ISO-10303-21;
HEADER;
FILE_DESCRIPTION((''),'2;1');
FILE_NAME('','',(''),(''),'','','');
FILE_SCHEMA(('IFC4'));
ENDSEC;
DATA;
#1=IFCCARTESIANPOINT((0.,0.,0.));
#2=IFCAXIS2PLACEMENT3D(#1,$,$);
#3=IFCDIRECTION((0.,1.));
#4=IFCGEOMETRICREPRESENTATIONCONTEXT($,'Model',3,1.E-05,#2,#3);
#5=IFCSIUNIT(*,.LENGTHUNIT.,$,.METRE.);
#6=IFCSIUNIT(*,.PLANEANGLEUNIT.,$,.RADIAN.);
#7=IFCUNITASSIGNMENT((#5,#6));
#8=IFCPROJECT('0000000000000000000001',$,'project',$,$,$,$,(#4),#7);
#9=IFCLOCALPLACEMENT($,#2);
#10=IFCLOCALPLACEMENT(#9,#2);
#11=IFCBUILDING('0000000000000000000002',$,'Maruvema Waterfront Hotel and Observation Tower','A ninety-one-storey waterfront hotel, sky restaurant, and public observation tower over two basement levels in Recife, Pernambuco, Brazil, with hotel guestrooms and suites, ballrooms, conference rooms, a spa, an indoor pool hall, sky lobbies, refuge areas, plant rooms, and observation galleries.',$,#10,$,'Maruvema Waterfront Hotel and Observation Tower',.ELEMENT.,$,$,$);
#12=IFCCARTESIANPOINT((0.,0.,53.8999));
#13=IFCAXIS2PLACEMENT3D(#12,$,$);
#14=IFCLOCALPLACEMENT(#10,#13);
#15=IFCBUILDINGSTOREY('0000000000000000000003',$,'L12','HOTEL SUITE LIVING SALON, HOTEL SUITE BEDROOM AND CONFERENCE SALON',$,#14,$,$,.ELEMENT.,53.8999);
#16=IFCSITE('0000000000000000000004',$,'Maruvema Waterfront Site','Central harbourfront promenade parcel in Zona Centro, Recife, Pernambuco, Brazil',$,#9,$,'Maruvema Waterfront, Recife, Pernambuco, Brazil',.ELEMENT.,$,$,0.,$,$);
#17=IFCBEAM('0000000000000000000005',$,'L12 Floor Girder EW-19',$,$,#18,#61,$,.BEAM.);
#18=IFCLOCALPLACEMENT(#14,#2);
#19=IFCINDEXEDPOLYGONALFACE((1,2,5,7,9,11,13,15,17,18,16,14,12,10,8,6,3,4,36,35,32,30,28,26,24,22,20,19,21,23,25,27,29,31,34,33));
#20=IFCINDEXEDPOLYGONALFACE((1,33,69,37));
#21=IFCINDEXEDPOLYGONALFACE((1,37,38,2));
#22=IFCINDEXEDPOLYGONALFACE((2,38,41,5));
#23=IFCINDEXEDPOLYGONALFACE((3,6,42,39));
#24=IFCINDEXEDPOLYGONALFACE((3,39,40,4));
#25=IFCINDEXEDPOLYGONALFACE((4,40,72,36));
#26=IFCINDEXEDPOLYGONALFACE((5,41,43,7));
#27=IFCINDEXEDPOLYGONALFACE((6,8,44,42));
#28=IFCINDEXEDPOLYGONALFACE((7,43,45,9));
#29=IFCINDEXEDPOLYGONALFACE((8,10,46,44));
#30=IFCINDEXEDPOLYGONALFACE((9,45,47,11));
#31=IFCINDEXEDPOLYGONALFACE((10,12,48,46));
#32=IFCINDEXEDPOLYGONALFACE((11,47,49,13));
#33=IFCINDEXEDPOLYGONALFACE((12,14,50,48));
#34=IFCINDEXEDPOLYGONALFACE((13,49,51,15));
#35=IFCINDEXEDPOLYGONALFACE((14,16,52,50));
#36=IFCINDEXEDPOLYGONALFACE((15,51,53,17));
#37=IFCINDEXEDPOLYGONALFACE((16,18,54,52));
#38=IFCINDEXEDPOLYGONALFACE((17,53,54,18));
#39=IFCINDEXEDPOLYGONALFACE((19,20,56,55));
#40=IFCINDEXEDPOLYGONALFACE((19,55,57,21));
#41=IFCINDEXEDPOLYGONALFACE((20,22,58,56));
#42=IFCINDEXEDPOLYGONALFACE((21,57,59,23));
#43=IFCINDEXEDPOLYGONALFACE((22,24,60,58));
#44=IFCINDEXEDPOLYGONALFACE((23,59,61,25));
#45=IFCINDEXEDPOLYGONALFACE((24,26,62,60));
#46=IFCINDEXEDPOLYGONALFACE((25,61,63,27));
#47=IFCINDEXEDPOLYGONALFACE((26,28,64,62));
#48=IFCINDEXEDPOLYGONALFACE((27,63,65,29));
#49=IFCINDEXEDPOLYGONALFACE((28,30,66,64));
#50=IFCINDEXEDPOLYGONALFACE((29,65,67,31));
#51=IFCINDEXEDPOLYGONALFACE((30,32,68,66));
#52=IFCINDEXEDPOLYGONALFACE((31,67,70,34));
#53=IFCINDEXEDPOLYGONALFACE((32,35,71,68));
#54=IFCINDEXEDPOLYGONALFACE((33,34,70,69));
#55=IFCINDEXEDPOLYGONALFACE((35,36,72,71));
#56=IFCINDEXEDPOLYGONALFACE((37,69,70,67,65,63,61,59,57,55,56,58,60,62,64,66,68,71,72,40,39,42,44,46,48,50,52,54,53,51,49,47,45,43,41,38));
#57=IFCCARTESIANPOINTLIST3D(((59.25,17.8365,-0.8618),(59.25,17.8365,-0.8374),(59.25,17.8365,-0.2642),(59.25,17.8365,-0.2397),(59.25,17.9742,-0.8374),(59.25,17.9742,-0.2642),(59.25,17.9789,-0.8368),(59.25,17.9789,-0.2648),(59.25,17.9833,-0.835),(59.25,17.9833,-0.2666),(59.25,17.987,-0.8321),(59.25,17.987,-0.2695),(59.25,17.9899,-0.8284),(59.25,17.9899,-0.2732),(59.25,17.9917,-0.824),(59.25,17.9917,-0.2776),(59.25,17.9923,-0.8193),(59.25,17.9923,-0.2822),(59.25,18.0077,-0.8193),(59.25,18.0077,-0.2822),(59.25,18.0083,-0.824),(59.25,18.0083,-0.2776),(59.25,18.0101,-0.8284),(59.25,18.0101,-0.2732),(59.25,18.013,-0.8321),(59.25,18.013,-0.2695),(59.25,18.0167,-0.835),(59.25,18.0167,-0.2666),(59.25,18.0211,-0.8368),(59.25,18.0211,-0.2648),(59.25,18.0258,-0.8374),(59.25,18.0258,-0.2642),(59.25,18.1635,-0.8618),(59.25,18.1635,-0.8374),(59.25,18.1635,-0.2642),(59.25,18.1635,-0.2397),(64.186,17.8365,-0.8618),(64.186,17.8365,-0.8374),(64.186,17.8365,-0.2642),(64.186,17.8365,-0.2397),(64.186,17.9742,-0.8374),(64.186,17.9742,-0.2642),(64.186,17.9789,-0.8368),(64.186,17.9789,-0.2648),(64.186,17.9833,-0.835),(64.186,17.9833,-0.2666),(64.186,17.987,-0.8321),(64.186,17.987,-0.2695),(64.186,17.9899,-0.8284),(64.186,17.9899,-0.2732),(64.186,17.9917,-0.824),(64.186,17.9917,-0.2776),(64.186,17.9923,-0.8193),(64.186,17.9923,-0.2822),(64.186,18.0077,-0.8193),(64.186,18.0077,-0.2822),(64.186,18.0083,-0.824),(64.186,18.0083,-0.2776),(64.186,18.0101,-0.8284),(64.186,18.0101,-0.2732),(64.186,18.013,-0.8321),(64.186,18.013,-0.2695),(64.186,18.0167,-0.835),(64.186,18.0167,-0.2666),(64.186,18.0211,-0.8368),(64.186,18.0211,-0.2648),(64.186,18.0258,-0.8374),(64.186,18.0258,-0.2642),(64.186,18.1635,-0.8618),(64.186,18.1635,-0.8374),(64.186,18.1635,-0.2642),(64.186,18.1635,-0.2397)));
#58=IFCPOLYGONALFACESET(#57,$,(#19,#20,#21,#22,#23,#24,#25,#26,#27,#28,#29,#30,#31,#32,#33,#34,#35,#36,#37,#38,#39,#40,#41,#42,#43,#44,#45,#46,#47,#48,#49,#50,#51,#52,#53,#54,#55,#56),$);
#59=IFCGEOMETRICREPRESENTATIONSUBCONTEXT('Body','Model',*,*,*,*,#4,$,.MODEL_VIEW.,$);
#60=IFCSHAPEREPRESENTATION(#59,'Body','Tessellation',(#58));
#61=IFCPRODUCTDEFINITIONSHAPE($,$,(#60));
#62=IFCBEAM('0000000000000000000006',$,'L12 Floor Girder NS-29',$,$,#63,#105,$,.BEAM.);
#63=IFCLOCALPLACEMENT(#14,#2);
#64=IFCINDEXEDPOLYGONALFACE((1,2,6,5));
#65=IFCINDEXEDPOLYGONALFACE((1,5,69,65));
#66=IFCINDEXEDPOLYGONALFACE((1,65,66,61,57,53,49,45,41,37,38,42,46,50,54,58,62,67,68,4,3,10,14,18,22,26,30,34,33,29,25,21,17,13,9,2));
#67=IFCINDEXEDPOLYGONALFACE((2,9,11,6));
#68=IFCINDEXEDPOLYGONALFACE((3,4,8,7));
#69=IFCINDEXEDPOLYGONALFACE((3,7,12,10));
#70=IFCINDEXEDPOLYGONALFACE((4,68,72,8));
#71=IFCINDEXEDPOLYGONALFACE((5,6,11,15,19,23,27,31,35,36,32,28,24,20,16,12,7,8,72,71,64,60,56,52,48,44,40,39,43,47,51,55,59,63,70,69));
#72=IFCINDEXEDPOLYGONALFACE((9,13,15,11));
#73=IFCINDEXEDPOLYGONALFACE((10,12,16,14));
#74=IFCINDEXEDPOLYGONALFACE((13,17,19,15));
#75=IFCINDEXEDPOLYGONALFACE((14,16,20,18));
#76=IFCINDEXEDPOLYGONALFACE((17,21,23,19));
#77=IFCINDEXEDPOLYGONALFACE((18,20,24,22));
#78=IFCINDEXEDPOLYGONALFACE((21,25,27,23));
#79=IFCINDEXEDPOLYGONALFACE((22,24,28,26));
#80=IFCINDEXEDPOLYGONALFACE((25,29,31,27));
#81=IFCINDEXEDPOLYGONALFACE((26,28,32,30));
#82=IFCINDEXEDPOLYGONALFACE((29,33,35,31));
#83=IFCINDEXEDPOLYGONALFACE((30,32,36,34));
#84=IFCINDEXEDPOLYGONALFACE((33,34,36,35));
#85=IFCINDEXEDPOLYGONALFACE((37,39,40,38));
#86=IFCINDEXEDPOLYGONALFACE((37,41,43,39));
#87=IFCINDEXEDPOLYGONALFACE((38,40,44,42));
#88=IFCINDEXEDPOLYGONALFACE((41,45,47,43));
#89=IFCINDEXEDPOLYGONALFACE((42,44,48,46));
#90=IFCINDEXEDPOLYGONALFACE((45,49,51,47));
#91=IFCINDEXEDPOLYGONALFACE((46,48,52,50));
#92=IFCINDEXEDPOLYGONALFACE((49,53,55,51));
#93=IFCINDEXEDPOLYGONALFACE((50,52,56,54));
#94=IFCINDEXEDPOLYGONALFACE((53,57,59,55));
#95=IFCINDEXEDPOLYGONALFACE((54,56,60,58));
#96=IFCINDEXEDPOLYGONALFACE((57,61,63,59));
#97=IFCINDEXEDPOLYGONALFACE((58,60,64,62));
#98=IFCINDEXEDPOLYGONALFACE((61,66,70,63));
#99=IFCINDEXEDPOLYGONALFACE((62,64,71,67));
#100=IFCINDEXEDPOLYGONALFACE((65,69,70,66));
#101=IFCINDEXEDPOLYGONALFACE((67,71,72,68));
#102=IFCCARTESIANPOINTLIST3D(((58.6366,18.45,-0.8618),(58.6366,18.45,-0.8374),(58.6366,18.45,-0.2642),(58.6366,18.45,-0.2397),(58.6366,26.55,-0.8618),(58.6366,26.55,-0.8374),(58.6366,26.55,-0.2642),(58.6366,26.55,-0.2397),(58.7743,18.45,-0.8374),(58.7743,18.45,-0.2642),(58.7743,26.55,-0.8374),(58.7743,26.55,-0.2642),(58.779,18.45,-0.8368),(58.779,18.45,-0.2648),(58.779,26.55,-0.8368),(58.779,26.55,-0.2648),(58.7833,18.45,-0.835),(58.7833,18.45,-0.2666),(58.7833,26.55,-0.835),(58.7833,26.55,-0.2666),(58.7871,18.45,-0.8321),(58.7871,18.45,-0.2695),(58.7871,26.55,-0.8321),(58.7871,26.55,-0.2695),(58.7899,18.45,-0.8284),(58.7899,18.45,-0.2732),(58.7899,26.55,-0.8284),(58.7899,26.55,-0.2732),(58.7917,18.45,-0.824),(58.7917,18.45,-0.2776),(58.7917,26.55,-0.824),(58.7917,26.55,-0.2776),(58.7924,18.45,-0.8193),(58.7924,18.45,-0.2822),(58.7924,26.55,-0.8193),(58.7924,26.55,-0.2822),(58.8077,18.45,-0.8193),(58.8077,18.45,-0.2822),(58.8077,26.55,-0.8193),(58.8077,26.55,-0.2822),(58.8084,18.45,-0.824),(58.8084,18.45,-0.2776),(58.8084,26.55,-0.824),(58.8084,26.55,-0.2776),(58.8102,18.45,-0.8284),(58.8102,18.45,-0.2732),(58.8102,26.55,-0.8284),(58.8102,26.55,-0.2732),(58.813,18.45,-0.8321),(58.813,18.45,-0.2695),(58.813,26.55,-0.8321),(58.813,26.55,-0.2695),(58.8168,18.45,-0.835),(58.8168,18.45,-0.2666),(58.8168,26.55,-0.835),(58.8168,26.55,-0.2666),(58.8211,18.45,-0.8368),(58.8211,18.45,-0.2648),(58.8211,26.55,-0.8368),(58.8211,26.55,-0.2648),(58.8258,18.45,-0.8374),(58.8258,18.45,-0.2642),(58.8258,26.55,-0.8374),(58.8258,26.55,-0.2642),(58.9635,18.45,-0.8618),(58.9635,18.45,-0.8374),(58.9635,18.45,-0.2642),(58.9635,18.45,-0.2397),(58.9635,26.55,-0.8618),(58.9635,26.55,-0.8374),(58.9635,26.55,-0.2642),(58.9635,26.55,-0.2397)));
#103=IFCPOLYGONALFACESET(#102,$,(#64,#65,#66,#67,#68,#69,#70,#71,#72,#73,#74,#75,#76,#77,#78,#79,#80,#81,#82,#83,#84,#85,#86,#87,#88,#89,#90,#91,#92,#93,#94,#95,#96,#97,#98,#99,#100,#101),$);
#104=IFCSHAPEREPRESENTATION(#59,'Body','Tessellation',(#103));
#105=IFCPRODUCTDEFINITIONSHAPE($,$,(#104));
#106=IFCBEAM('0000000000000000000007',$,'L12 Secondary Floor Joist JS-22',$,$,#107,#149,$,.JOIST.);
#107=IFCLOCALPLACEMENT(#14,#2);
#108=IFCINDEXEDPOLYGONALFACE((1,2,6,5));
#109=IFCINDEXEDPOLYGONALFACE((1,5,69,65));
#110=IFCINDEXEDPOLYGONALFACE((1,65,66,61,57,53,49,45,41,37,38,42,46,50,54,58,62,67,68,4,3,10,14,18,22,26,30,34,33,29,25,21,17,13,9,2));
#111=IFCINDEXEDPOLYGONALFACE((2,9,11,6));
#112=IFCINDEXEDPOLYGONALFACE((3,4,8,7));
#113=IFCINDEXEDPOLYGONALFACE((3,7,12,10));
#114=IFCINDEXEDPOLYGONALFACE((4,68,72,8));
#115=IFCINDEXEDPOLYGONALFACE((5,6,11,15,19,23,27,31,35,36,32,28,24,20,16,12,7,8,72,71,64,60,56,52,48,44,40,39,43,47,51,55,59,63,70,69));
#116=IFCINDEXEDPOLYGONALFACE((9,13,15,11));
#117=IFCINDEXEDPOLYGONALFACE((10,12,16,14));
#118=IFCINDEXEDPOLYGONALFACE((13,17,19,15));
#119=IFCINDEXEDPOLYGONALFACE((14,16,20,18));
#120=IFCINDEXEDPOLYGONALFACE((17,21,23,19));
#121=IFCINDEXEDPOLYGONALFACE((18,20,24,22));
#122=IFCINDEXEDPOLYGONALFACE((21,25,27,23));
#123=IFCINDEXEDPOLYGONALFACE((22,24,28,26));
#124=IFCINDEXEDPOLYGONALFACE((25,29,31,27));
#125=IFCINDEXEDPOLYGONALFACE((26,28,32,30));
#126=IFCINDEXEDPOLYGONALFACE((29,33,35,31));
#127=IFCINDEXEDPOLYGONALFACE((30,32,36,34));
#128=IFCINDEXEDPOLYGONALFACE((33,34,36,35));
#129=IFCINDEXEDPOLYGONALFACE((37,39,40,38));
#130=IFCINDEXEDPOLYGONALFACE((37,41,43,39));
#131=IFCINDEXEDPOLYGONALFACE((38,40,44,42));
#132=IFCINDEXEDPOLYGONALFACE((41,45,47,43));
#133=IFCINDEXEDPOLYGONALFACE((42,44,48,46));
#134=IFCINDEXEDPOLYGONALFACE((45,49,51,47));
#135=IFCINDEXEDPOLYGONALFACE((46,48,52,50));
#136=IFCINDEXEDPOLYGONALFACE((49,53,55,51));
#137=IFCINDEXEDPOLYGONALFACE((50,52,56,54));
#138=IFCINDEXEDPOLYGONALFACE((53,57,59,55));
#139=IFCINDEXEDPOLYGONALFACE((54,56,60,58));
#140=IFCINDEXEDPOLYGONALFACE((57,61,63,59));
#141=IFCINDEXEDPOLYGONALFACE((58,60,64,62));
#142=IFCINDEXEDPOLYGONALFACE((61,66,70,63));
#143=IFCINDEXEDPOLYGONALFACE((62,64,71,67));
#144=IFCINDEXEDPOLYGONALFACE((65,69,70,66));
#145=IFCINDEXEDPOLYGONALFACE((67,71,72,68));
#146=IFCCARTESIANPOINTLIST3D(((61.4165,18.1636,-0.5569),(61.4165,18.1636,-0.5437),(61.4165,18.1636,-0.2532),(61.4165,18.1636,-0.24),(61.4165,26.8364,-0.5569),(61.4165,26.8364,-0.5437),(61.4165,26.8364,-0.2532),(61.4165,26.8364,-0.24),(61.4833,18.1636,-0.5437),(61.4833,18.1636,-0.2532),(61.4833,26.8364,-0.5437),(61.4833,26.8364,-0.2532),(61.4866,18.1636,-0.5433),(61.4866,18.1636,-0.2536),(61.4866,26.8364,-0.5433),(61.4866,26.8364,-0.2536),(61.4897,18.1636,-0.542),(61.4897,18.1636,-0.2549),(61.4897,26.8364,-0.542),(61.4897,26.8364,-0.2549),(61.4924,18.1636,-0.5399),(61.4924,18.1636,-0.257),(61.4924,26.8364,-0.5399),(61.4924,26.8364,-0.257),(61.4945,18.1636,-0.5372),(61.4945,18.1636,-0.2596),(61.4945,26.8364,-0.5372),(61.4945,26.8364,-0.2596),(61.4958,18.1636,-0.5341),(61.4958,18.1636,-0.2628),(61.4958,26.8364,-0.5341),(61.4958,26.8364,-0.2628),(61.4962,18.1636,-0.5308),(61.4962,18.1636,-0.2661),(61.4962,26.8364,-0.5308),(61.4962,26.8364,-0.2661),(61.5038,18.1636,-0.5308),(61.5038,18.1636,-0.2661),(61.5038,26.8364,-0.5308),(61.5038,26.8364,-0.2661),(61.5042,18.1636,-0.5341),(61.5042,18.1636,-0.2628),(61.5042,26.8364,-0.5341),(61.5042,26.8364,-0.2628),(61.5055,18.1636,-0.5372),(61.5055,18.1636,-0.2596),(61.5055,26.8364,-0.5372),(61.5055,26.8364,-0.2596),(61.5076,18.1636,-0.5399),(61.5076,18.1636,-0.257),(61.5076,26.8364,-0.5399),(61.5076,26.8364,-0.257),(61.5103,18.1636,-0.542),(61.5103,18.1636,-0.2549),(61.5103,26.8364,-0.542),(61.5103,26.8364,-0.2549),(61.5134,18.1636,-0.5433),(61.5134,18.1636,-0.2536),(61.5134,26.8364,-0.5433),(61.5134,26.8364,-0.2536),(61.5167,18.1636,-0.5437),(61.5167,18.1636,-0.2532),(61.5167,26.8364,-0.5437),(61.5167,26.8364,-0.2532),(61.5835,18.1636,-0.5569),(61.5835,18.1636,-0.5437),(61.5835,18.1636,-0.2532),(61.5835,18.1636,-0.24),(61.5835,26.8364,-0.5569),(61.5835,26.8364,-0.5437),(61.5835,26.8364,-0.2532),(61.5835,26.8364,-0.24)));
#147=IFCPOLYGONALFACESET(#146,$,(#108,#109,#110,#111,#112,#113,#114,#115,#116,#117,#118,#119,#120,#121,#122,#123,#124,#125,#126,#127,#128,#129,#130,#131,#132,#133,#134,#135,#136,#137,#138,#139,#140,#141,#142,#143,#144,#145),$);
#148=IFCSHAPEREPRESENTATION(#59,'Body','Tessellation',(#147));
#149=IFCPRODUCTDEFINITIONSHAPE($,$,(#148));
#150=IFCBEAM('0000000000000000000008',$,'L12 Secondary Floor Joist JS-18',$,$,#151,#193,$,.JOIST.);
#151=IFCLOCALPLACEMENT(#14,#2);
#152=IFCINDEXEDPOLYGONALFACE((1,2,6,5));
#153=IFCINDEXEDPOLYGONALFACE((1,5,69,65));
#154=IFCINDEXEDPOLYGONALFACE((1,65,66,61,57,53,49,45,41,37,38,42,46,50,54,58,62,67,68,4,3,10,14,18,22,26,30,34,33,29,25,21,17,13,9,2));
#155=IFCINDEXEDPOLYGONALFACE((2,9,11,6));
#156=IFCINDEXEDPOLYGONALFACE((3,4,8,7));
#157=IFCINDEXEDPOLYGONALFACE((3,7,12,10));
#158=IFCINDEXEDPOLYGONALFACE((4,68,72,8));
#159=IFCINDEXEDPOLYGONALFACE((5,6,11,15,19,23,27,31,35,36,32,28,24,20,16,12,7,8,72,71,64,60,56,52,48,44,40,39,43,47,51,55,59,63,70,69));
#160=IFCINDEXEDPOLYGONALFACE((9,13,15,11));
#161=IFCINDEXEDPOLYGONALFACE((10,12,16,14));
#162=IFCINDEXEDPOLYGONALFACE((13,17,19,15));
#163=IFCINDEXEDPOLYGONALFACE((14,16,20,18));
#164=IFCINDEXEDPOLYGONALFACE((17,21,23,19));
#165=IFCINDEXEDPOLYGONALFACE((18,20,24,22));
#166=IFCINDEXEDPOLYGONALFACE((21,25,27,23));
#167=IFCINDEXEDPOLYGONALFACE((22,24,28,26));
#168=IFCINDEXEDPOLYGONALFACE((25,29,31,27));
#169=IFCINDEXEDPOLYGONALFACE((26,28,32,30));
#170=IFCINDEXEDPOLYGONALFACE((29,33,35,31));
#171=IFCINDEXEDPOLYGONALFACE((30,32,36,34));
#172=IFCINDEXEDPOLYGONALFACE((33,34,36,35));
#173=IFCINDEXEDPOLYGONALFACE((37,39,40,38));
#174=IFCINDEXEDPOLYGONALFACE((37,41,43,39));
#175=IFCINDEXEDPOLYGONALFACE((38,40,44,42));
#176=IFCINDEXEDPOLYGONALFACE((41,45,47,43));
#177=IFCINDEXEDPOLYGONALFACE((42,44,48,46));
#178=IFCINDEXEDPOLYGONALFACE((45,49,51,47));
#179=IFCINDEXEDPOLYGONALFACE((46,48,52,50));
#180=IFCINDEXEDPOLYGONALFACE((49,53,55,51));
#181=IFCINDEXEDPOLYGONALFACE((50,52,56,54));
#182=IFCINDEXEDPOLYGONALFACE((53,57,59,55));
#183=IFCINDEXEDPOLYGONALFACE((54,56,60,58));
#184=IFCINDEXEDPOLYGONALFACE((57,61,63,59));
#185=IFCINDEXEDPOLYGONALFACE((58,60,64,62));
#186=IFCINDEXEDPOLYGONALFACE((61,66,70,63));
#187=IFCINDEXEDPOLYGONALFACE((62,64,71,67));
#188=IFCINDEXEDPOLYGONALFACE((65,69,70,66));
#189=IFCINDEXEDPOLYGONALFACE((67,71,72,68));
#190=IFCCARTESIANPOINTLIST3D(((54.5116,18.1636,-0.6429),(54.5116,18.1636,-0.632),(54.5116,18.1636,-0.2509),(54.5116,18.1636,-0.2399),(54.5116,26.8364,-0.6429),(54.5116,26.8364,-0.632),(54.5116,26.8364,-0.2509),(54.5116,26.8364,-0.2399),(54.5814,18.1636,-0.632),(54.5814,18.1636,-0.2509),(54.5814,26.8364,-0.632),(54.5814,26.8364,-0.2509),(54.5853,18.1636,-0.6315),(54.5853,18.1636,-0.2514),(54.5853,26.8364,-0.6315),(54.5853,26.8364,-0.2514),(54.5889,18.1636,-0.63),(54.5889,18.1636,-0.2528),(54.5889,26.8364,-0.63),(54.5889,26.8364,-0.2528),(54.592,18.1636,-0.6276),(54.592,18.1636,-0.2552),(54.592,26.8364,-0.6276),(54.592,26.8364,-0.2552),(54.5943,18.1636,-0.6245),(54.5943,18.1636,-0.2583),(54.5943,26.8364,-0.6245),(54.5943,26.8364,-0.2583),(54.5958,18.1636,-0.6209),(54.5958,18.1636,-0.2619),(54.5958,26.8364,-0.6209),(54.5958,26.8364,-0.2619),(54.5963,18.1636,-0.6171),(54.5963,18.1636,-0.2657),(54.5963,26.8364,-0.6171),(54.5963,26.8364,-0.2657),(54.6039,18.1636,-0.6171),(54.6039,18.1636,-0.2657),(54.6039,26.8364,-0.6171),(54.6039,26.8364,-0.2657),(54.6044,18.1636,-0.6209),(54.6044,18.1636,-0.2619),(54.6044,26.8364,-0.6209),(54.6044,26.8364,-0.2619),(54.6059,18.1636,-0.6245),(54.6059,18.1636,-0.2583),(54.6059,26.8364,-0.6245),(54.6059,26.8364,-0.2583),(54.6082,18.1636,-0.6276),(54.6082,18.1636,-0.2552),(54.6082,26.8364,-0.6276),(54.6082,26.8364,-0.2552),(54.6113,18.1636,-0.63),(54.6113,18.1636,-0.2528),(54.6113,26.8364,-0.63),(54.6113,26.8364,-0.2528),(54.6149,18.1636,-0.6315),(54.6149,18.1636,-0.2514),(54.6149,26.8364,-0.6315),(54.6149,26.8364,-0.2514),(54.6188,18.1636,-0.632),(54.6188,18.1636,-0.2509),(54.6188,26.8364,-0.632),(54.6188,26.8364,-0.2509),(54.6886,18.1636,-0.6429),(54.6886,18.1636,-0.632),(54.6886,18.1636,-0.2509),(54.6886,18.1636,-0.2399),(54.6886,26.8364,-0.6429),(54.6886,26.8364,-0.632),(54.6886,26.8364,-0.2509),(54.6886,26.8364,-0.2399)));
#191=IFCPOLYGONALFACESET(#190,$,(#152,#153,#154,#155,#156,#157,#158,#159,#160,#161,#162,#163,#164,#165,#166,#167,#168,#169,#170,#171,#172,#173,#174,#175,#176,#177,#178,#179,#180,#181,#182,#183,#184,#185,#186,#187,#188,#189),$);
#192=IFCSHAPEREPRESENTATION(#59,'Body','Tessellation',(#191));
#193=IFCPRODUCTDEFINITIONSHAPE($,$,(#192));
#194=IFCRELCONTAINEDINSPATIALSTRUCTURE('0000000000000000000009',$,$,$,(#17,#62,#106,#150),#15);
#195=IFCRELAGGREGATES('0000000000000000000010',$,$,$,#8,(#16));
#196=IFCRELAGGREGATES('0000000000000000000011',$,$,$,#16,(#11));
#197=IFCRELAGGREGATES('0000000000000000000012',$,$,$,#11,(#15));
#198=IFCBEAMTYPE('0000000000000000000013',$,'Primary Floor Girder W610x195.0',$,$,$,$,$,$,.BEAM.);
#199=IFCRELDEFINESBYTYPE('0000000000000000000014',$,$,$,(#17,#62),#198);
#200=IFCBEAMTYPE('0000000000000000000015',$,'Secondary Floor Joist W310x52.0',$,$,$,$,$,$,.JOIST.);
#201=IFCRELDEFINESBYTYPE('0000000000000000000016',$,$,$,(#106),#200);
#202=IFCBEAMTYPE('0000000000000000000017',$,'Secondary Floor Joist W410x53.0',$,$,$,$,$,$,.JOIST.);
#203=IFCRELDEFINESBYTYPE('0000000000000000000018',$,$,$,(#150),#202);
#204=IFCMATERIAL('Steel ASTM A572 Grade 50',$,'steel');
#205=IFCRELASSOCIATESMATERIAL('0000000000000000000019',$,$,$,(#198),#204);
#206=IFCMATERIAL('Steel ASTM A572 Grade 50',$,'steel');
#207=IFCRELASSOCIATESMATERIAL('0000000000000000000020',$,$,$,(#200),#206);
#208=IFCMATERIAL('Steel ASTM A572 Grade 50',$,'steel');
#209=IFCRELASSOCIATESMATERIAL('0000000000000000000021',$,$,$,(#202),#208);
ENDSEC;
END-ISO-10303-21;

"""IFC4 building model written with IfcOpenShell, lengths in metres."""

from ifc_helpers import new_model, si_unit, direction, frame, origin, origin_2d, place, context, subcontext, project, spatial, i_section, extrude, material, material_profile, profile_set, type_object, element, save


model = new_model("IFC4")

# Units and contexts
model_context = context("Model", 3, precision=1e-05, world=origin(), true_north=direction((0.0, 1.0)))
body_context = subcontext(model_context, "Body", "Model", "MODEL_VIEW")
ifc_project = project(units=[si_unit("LENGTHUNIT", "METRE"), si_unit("PLANEANGLEUNIT", "RADIAN")], contexts=[model_context])

# Site, building, storey
site_placement = place(None, origin())
site = spatial("IfcSite", under=ifc_project, at=site_placement, Name="Maruvema Waterfront Site", Description="Central harbourfront promenade parcel in Zona Centro, Recife, Pernambuco, Brazil", LongName="Maruvema Waterfront, Recife, Pernambuco, Brazil", CompositionType="ELEMENT", RefElevation=0.0)
building_placement = place(site_placement, origin())
building = spatial("IfcBuilding", under=site, at=building_placement, Name="Maruvema Waterfront Hotel and Observation Tower", Description="A ninety-one-storey waterfront hotel, sky restaurant, and public observation tower over two basement levels in Recife, Pernambuco, Brazil, with hotel guestrooms and suites, ballrooms, conference rooms, a spa, an indoor pool hall, sky lobbies, refuge areas, plant rooms, and observation galleries.", LongName="Maruvema Waterfront Hotel and Observation Tower", CompositionType="ELEMENT")
storey_placement = place(building_placement, frame((0.0, 0.0, 53.8999)))
storey = spatial("IfcBuildingStorey", under=building, at=storey_placement, Name="L12", Description="HOTEL SUITE LIVING SALON, HOTEL SUITE BEDROOM AND CONFERENCE SALON", CompositionType="ELEMENT", Elevation=53.8999)

# Beams
ifc_material_1 = material(Name="Steel ASTM A572 Grade 50", Category="steel")
ifc_material_profile_1 = material_profile(ifc_material_1, i_section(OverallWidth=0.3269, OverallDepth=0.6221, WebThickness=0.0154, FlangeThickness=0.0244, FilletRadius=0.0181, at=origin_2d()), Name="W610x195.0")
ifc_profile_set_1 = profile_set([ifc_material_profile_1], Name="Steel ASTM A572 Grade 50")
beam_type_1 = type_object("IfcBeamType", Name="Primary Floor Girder W610x195.0", PredefinedType="BEAM", material=ifc_profile_set_1)
beam_1_placement = place(storey_placement, frame((59.25, 18.0, -0.5508), z_axis=(1.0, 0.0, 0.0), x_axis=(0.0, 1.0, 0.0)))
element("IfcBeam", 1, at=beam_1_placement, inside=storey, type_object=beam_type_1, Name="L12 Floor Girder EW-19", PredefinedType="BEAM", context=body_context, shape_type="SweptSolid", body=[
    extrude(i_section(OverallWidth=0.3269, OverallDepth=0.6221, WebThickness=0.0154, FlangeThickness=0.0244, FilletRadius=0.0181, at=origin_2d()), origin(), (0.0, 0.0, 1.0), 4.936),
])
beam_2_placement = place(storey_placement, frame((58.8, 18.45, -0.5508), z_axis=(0.0, 1.0, 0.0), x_axis=(-1.0, 0.0, 0.0)))
element("IfcBeam", 2, at=beam_2_placement, inside=storey, type_object=beam_type_1, Name="L12 Floor Girder NS-29", PredefinedType="BEAM", context=body_context, shape_type="SweptSolid", body=[
    extrude(i_section(OverallWidth=0.3269, OverallDepth=0.6221, WebThickness=0.0154, FlangeThickness=0.0244, FilletRadius=0.0181, at=origin_2d()), origin(), (0.0, 0.0, 1.0), 8.1001),
])
ifc_material_2 = material(Name="Steel ASTM A572 Grade 50", Category="steel")
ifc_material_profile_2 = material_profile(ifc_material_2, i_section(OverallWidth=0.167, OverallDepth=0.3169, WebThickness=0.0076, FlangeThickness=0.0132, FilletRadius=0.0129, at=origin_2d()), Name="W310x52.0")
ifc_profile_set_2 = profile_set([ifc_material_profile_2], Name="Steel ASTM A572 Grade 50")
beam_type_2 = type_object("IfcBeamType", Name="Secondary Floor Joist W310x52.0", PredefinedType="JOIST", material=ifc_profile_set_2)
beam_3_placement = place(storey_placement, frame((61.5, 18.1636, -0.3984), z_axis=(0.0, 1.0, 0.0), x_axis=(-1.0, 0.0, 0.0)))
element("IfcBeam", 3, at=beam_3_placement, inside=storey, type_object=beam_type_2, Name="L12 Secondary Floor Joist JS-22", PredefinedType="JOIST", context=body_context, shape_type="SweptSolid", body=[
    extrude(i_section(OverallWidth=0.167, OverallDepth=0.3169, WebThickness=0.0076, FlangeThickness=0.0132, FilletRadius=0.0129, at=origin_2d()), origin(), (0.0, 0.0, 1.0), 8.6729),
])
ifc_material_3 = material(Name="Steel ASTM A572 Grade 50", Category="steel")
ifc_material_profile_3 = material_profile(ifc_material_3, i_section(OverallWidth=0.177, OverallDepth=0.4031, WebThickness=0.0076, FlangeThickness=0.011, FilletRadius=0.0149, at=origin_2d()), Name="W410x53.0")
ifc_profile_set_3 = profile_set([ifc_material_profile_3], Name="Steel ASTM A572 Grade 50")
beam_type_3 = type_object("IfcBeamType", Name="Secondary Floor Joist W410x53.0", PredefinedType="JOIST", material=ifc_profile_set_3)
beam_4_placement = place(storey_placement, frame((54.6001, 18.1636, -0.4414), z_axis=(0.0, 1.0, 0.0), x_axis=(-1.0, 0.0, 0.0)))
element("IfcBeam", 4, at=beam_4_placement, inside=storey, type_object=beam_type_3, Name="L12 Secondary Floor Joist JS-18", PredefinedType="JOIST", context=body_context, shape_type="SweptSolid", body=[
    extrude(i_section(OverallWidth=0.177, OverallDepth=0.4031, WebThickness=0.0076, FlangeThickness=0.011, FilletRadius=0.0149, at=origin_2d()), origin(), (0.0, 0.0, 1.0), 8.6729),
])

save(model, "model.ifc")
